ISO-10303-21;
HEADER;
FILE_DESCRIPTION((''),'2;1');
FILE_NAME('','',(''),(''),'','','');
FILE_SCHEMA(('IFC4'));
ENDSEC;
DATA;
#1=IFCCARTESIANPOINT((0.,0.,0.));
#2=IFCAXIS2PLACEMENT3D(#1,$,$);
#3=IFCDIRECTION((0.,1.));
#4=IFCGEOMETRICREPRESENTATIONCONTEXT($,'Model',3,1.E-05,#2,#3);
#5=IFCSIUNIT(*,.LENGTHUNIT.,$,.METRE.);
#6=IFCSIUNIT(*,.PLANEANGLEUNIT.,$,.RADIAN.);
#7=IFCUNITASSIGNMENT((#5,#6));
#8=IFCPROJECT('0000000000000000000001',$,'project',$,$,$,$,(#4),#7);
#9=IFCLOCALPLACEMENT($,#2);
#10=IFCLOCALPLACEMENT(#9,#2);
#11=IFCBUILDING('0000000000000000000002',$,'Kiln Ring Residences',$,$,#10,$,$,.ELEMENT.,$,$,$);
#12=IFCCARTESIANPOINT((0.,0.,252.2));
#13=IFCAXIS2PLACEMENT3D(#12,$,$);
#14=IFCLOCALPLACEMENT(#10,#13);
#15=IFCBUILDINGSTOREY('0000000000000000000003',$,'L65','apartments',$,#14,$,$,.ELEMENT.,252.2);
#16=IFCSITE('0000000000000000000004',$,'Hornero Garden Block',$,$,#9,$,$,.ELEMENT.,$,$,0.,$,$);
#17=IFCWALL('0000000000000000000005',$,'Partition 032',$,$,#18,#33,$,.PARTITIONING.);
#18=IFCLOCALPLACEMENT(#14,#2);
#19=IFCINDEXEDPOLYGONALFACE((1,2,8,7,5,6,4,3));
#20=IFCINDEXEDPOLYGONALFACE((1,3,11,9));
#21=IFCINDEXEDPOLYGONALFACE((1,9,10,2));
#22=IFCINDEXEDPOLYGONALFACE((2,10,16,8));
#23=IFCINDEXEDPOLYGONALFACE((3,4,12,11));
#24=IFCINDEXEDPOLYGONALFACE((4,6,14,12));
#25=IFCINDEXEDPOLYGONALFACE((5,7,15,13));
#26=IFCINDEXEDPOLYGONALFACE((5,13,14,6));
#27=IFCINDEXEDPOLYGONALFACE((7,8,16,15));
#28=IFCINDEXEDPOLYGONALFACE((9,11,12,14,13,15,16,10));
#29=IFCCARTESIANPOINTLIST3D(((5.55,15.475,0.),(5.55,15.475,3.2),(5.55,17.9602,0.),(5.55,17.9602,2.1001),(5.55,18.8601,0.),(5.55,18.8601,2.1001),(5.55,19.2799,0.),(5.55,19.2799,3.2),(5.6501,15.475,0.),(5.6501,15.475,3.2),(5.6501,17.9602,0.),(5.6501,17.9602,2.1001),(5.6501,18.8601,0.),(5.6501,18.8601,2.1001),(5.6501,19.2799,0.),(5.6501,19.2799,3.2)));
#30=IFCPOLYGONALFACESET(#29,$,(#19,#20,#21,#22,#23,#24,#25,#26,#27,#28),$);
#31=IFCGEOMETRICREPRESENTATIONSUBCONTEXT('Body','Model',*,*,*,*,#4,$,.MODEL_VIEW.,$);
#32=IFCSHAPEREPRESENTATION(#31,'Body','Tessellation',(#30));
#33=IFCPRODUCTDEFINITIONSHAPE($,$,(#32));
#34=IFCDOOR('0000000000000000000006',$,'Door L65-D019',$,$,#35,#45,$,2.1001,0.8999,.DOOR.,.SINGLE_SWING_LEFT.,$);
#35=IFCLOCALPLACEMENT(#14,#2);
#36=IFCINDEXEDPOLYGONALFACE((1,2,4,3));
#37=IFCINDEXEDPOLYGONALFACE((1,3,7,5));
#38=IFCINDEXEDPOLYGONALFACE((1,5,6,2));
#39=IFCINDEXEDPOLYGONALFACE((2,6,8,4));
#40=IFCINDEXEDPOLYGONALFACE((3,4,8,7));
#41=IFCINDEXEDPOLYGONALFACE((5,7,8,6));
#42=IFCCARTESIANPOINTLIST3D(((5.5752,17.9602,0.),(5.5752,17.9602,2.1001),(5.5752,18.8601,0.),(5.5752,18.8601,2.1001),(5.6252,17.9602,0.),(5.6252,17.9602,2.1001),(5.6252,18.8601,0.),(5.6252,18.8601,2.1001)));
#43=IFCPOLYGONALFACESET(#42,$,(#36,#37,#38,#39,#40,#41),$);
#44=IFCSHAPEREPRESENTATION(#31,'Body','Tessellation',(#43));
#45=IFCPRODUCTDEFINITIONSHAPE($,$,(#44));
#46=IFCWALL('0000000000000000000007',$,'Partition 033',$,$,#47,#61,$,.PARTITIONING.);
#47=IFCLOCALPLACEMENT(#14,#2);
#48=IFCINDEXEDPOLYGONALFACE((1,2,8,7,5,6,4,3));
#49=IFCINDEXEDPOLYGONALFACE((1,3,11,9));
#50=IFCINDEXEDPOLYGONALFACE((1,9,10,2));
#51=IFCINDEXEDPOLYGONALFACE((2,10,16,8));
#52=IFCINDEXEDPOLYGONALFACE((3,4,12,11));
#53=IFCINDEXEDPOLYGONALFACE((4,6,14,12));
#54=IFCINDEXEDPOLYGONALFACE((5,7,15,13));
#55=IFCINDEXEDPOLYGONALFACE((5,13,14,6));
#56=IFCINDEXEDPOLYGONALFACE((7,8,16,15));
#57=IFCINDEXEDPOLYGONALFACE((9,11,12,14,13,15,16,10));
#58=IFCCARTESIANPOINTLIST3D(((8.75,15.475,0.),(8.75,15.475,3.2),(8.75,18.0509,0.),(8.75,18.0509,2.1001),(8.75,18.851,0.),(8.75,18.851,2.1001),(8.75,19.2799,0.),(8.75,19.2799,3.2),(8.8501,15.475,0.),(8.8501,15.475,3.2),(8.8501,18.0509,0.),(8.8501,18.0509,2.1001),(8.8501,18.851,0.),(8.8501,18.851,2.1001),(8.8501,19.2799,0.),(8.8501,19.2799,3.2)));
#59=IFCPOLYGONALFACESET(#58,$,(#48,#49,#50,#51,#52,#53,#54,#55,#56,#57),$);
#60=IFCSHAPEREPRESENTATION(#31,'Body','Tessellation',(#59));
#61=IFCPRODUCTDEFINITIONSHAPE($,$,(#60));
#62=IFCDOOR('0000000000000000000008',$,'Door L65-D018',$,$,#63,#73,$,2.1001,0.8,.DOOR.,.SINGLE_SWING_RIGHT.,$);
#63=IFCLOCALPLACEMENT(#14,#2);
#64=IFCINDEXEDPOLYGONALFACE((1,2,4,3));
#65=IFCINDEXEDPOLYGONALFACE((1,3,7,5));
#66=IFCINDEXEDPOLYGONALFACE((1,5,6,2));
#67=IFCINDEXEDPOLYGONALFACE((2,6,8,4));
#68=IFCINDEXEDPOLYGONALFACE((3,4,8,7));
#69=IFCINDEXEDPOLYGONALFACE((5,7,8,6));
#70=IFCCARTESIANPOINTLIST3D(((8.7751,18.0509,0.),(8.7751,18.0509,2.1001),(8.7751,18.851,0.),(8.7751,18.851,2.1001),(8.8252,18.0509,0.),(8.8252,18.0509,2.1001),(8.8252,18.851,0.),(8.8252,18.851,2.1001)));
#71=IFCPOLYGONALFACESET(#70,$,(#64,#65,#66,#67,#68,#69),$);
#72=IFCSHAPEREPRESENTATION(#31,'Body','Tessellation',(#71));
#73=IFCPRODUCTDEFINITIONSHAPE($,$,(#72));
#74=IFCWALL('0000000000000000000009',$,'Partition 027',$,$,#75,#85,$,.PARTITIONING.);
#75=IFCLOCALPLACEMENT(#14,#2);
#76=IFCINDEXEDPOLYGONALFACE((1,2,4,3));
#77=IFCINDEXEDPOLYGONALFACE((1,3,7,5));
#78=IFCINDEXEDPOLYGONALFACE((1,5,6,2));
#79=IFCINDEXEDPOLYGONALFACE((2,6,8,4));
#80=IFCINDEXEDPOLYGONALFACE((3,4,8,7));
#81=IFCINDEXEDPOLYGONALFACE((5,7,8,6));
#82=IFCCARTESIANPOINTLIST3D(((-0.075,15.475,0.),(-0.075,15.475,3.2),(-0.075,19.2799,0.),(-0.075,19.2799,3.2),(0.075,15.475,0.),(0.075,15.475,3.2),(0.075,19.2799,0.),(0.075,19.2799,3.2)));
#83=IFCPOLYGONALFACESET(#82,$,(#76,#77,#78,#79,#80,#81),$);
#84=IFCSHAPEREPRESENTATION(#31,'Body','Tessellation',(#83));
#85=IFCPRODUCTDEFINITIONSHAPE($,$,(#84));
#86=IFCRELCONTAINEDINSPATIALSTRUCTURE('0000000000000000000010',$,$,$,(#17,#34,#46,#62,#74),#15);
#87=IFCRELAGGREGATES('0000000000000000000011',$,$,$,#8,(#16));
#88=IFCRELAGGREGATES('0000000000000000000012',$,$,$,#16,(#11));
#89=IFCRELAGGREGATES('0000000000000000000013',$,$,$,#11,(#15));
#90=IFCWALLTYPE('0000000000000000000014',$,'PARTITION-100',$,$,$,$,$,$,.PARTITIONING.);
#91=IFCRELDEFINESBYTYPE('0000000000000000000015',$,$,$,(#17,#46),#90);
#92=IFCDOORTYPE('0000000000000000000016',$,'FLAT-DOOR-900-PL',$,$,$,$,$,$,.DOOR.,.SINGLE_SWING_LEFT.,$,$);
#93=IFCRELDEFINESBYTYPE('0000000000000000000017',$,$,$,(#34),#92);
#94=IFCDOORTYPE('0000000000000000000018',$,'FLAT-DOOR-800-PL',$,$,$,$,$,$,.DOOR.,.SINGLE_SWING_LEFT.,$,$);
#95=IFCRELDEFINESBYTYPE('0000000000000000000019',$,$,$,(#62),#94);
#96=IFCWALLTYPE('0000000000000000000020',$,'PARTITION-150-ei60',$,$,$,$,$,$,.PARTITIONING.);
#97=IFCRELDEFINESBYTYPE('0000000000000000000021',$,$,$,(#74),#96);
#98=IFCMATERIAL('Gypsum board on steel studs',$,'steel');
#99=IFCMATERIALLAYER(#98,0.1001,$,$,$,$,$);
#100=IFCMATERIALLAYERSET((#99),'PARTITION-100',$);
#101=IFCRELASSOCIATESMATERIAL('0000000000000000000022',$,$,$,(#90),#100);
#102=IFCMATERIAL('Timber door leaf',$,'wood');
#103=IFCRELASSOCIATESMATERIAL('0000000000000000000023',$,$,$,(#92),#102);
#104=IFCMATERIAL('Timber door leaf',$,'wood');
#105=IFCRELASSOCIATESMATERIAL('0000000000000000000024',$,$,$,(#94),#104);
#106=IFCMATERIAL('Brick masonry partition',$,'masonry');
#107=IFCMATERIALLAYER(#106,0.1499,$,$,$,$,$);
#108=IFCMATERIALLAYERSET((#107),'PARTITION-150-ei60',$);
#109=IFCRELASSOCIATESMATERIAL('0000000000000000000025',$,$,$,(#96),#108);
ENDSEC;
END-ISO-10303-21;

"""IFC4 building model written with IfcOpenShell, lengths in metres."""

from ifc_helpers import new_model, si_unit, direction, frame, frame_2d, origin, place, context, subcontext, project, spatial, rectangle, extrude, material, layer, layer_set, type_object, element, fill, save


model = new_model("IFC4")

# Units and contexts
model_context = context("Model", 3, precision=1e-05, world=origin(), true_north=direction((0.0, 1.0)))
body_context = subcontext(model_context, "Body", "Model", "MODEL_VIEW")
ifc_project = project(units=[si_unit("LENGTHUNIT", "METRE"), si_unit("PLANEANGLEUNIT", "RADIAN")], contexts=[model_context])

# Site, building, storey
site_placement = place(None, origin())
site = spatial("IfcSite", under=ifc_project, at=site_placement, Name="Hornero Garden Block", CompositionType="ELEMENT", RefElevation=0.0)
building_placement = place(site_placement, origin())
building = spatial("IfcBuilding", under=site, at=building_placement, Name="Kiln Ring Residences", CompositionType="ELEMENT")
storey_placement = place(building_placement, frame((0.0, 0.0, 252.2)))
storey = spatial("IfcBuildingStorey", under=building, at=storey_placement, Name="L65", Description="apartments", CompositionType="ELEMENT", Elevation=252.2)

# Walls, openings, doors
ifc_material_1 = material(Name="Gypsum board on steel studs", Category="steel")
ifc_layer_1 = layer(ifc_material_1, 0.1001)
ifc_layer_set_1 = layer_set([ifc_layer_1], Name="PARTITION-100")
wall_type_1 = type_object("IfcWallType", Name="PARTITION-100", PredefinedType="PARTITIONING", material=ifc_layer_set_1)
wall_1_placement = place(storey_placement, frame((5.6001, 15.4751, 0.0), z_axis=(0.0, 0.0, 1.0), x_axis=(0.0, 1.0, 0.0)))
wall_1 = element("IfcWall", 1, at=wall_1_placement, inside=storey, type_object=wall_type_1, Name="Partition 032", PredefinedType="PARTITIONING", context=body_context, shape_type="SweptSolid", body=[
    extrude(rectangle(XDim=3.8049, YDim=0.1001, at=frame_2d((1.9023, 0.0))), origin(), (0.0, 0.0, 1.0), 3.2),
])
opening_1_placement = place(wall_1_placement, frame((2.4851, 0.0, 0.0)))
opening_1 = element("IfcOpeningElement", 2, at=opening_1_placement, cuts=wall_1, PredefinedType="OPENING", context=body_context, shape_type="SweptSolid", body=[
    extrude(rectangle(XDim=0.8999, YDim=2.1001, at=frame_2d((0.45, 1.05))), frame((0.0, 0.0601, 0.0), z_axis=(0.0, -1.0, 0.0), x_axis=(1.0, 0.0, 0.0)), (0.0, 0.0, 1.0), 0.1201),
])
ifc_material_2 = material(Name="Timber door leaf", Category="wood")
door_type_1 = type_object("IfcDoorType", Name="FLAT-DOOR-900-PL", OperationType="SINGLE_SWING_LEFT", PredefinedType="DOOR", material=ifc_material_2)
door_1_placement = place(opening_1_placement, origin())
door_1 = element("IfcDoor", 3, at=door_1_placement, inside=storey, type_object=door_type_1, Name="Door L65-D019", OperationType="SINGLE_SWING_LEFT", OverallHeight=2.1001, OverallWidth=0.8999, PredefinedType="DOOR", context=body_context, shape_type="SweptSolid", body=[
    extrude(rectangle(XDim=0.8999, YDim=2.1001, at=frame_2d((0.45, 1.05))), frame((0.0, 0.0249, 0.0), z_axis=(0.0, -1.0, 0.0), x_axis=(1.0, 0.0, 0.0)), (0.0, 0.0, 1.0), 0.05),
])
fill(opening_1, door_1)
wall_2_placement = place(storey_placement, frame((8.8, 15.4751, 0.0), z_axis=(0.0, 0.0, 1.0), x_axis=(0.0, 1.0, 0.0)))
wall_2 = element("IfcWall", 4, at=wall_2_placement, inside=storey, type_object=wall_type_1, Name="Partition 033", PredefinedType="PARTITIONING", context=body_context, shape_type="SweptSolid", body=[
    extrude(rectangle(XDim=3.8049, YDim=0.1001, at=frame_2d((1.9023, 0.0))), origin(), (0.0, 0.0, 1.0), 3.2),
])
opening_2_placement = place(wall_2_placement, frame((2.5759, 0.0, 0.0)))
opening_2 = element("IfcOpeningElement", 5, at=opening_2_placement, cuts=wall_2, PredefinedType="OPENING", context=body_context, shape_type="SweptSolid", body=[
    extrude(rectangle(XDim=0.8, YDim=2.1001, at=frame_2d((0.3999, 1.05))), frame((0.0, 0.0601, 0.0), z_axis=(0.0, -1.0, 0.0), x_axis=(1.0, 0.0, 0.0)), (0.0, 0.0, 1.0), 0.1201),
])
ifc_material_3 = material(Name="Timber door leaf", Category="wood")
door_type_2 = type_object("IfcDoorType", Name="FLAT-DOOR-800-PL", OperationType="SINGLE_SWING_LEFT", PredefinedType="DOOR", material=ifc_material_3)
door_2_placement = place(opening_2_placement, origin())
door_2 = element("IfcDoor", 6, at=door_2_placement, inside=storey, type_object=door_type_2, Name="Door L65-D018", OperationType="SINGLE_SWING_RIGHT", OverallHeight=2.1001, OverallWidth=0.8, PredefinedType="DOOR", context=body_context, shape_type="SweptSolid", body=[
    extrude(rectangle(XDim=0.8, YDim=2.1001, at=frame_2d((0.3999, 1.05))), frame((0.0, 0.0249, 0.0), z_axis=(0.0, -1.0, 0.0), x_axis=(1.0, 0.0, 0.0)), (0.0, 0.0, 1.0), 0.05),
])
fill(opening_2, door_2)

# Wall
ifc_material_4 = material(Name="Brick masonry partition", Category="masonry")
ifc_layer_2 = layer(ifc_material_4, 0.1499)
ifc_layer_set_2 = layer_set([ifc_layer_2], Name="PARTITION-150-ei60")
wall_type_2 = type_object("IfcWallType", Name="PARTITION-150-ei60", PredefinedType="PARTITIONING", material=ifc_layer_set_2)
wall_3_placement = place(storey_placement, frame((0.0, 15.4751, 0.0), z_axis=(0.0, 0.0, 1.0), x_axis=(0.0, 1.0, 0.0)))
element("IfcWall", 7, at=wall_3_placement, inside=storey, type_object=wall_type_2, Name="Partition 027", PredefinedType="PARTITIONING", context=body_context, shape_type="SweptSolid", body=[
    extrude(rectangle(XDim=3.8049, YDim=0.1499, at=frame_2d((1.9023, 0.0))), origin(), (0.0, 0.0, 1.0), 3.2),
])

save(model, "model.ifc")
